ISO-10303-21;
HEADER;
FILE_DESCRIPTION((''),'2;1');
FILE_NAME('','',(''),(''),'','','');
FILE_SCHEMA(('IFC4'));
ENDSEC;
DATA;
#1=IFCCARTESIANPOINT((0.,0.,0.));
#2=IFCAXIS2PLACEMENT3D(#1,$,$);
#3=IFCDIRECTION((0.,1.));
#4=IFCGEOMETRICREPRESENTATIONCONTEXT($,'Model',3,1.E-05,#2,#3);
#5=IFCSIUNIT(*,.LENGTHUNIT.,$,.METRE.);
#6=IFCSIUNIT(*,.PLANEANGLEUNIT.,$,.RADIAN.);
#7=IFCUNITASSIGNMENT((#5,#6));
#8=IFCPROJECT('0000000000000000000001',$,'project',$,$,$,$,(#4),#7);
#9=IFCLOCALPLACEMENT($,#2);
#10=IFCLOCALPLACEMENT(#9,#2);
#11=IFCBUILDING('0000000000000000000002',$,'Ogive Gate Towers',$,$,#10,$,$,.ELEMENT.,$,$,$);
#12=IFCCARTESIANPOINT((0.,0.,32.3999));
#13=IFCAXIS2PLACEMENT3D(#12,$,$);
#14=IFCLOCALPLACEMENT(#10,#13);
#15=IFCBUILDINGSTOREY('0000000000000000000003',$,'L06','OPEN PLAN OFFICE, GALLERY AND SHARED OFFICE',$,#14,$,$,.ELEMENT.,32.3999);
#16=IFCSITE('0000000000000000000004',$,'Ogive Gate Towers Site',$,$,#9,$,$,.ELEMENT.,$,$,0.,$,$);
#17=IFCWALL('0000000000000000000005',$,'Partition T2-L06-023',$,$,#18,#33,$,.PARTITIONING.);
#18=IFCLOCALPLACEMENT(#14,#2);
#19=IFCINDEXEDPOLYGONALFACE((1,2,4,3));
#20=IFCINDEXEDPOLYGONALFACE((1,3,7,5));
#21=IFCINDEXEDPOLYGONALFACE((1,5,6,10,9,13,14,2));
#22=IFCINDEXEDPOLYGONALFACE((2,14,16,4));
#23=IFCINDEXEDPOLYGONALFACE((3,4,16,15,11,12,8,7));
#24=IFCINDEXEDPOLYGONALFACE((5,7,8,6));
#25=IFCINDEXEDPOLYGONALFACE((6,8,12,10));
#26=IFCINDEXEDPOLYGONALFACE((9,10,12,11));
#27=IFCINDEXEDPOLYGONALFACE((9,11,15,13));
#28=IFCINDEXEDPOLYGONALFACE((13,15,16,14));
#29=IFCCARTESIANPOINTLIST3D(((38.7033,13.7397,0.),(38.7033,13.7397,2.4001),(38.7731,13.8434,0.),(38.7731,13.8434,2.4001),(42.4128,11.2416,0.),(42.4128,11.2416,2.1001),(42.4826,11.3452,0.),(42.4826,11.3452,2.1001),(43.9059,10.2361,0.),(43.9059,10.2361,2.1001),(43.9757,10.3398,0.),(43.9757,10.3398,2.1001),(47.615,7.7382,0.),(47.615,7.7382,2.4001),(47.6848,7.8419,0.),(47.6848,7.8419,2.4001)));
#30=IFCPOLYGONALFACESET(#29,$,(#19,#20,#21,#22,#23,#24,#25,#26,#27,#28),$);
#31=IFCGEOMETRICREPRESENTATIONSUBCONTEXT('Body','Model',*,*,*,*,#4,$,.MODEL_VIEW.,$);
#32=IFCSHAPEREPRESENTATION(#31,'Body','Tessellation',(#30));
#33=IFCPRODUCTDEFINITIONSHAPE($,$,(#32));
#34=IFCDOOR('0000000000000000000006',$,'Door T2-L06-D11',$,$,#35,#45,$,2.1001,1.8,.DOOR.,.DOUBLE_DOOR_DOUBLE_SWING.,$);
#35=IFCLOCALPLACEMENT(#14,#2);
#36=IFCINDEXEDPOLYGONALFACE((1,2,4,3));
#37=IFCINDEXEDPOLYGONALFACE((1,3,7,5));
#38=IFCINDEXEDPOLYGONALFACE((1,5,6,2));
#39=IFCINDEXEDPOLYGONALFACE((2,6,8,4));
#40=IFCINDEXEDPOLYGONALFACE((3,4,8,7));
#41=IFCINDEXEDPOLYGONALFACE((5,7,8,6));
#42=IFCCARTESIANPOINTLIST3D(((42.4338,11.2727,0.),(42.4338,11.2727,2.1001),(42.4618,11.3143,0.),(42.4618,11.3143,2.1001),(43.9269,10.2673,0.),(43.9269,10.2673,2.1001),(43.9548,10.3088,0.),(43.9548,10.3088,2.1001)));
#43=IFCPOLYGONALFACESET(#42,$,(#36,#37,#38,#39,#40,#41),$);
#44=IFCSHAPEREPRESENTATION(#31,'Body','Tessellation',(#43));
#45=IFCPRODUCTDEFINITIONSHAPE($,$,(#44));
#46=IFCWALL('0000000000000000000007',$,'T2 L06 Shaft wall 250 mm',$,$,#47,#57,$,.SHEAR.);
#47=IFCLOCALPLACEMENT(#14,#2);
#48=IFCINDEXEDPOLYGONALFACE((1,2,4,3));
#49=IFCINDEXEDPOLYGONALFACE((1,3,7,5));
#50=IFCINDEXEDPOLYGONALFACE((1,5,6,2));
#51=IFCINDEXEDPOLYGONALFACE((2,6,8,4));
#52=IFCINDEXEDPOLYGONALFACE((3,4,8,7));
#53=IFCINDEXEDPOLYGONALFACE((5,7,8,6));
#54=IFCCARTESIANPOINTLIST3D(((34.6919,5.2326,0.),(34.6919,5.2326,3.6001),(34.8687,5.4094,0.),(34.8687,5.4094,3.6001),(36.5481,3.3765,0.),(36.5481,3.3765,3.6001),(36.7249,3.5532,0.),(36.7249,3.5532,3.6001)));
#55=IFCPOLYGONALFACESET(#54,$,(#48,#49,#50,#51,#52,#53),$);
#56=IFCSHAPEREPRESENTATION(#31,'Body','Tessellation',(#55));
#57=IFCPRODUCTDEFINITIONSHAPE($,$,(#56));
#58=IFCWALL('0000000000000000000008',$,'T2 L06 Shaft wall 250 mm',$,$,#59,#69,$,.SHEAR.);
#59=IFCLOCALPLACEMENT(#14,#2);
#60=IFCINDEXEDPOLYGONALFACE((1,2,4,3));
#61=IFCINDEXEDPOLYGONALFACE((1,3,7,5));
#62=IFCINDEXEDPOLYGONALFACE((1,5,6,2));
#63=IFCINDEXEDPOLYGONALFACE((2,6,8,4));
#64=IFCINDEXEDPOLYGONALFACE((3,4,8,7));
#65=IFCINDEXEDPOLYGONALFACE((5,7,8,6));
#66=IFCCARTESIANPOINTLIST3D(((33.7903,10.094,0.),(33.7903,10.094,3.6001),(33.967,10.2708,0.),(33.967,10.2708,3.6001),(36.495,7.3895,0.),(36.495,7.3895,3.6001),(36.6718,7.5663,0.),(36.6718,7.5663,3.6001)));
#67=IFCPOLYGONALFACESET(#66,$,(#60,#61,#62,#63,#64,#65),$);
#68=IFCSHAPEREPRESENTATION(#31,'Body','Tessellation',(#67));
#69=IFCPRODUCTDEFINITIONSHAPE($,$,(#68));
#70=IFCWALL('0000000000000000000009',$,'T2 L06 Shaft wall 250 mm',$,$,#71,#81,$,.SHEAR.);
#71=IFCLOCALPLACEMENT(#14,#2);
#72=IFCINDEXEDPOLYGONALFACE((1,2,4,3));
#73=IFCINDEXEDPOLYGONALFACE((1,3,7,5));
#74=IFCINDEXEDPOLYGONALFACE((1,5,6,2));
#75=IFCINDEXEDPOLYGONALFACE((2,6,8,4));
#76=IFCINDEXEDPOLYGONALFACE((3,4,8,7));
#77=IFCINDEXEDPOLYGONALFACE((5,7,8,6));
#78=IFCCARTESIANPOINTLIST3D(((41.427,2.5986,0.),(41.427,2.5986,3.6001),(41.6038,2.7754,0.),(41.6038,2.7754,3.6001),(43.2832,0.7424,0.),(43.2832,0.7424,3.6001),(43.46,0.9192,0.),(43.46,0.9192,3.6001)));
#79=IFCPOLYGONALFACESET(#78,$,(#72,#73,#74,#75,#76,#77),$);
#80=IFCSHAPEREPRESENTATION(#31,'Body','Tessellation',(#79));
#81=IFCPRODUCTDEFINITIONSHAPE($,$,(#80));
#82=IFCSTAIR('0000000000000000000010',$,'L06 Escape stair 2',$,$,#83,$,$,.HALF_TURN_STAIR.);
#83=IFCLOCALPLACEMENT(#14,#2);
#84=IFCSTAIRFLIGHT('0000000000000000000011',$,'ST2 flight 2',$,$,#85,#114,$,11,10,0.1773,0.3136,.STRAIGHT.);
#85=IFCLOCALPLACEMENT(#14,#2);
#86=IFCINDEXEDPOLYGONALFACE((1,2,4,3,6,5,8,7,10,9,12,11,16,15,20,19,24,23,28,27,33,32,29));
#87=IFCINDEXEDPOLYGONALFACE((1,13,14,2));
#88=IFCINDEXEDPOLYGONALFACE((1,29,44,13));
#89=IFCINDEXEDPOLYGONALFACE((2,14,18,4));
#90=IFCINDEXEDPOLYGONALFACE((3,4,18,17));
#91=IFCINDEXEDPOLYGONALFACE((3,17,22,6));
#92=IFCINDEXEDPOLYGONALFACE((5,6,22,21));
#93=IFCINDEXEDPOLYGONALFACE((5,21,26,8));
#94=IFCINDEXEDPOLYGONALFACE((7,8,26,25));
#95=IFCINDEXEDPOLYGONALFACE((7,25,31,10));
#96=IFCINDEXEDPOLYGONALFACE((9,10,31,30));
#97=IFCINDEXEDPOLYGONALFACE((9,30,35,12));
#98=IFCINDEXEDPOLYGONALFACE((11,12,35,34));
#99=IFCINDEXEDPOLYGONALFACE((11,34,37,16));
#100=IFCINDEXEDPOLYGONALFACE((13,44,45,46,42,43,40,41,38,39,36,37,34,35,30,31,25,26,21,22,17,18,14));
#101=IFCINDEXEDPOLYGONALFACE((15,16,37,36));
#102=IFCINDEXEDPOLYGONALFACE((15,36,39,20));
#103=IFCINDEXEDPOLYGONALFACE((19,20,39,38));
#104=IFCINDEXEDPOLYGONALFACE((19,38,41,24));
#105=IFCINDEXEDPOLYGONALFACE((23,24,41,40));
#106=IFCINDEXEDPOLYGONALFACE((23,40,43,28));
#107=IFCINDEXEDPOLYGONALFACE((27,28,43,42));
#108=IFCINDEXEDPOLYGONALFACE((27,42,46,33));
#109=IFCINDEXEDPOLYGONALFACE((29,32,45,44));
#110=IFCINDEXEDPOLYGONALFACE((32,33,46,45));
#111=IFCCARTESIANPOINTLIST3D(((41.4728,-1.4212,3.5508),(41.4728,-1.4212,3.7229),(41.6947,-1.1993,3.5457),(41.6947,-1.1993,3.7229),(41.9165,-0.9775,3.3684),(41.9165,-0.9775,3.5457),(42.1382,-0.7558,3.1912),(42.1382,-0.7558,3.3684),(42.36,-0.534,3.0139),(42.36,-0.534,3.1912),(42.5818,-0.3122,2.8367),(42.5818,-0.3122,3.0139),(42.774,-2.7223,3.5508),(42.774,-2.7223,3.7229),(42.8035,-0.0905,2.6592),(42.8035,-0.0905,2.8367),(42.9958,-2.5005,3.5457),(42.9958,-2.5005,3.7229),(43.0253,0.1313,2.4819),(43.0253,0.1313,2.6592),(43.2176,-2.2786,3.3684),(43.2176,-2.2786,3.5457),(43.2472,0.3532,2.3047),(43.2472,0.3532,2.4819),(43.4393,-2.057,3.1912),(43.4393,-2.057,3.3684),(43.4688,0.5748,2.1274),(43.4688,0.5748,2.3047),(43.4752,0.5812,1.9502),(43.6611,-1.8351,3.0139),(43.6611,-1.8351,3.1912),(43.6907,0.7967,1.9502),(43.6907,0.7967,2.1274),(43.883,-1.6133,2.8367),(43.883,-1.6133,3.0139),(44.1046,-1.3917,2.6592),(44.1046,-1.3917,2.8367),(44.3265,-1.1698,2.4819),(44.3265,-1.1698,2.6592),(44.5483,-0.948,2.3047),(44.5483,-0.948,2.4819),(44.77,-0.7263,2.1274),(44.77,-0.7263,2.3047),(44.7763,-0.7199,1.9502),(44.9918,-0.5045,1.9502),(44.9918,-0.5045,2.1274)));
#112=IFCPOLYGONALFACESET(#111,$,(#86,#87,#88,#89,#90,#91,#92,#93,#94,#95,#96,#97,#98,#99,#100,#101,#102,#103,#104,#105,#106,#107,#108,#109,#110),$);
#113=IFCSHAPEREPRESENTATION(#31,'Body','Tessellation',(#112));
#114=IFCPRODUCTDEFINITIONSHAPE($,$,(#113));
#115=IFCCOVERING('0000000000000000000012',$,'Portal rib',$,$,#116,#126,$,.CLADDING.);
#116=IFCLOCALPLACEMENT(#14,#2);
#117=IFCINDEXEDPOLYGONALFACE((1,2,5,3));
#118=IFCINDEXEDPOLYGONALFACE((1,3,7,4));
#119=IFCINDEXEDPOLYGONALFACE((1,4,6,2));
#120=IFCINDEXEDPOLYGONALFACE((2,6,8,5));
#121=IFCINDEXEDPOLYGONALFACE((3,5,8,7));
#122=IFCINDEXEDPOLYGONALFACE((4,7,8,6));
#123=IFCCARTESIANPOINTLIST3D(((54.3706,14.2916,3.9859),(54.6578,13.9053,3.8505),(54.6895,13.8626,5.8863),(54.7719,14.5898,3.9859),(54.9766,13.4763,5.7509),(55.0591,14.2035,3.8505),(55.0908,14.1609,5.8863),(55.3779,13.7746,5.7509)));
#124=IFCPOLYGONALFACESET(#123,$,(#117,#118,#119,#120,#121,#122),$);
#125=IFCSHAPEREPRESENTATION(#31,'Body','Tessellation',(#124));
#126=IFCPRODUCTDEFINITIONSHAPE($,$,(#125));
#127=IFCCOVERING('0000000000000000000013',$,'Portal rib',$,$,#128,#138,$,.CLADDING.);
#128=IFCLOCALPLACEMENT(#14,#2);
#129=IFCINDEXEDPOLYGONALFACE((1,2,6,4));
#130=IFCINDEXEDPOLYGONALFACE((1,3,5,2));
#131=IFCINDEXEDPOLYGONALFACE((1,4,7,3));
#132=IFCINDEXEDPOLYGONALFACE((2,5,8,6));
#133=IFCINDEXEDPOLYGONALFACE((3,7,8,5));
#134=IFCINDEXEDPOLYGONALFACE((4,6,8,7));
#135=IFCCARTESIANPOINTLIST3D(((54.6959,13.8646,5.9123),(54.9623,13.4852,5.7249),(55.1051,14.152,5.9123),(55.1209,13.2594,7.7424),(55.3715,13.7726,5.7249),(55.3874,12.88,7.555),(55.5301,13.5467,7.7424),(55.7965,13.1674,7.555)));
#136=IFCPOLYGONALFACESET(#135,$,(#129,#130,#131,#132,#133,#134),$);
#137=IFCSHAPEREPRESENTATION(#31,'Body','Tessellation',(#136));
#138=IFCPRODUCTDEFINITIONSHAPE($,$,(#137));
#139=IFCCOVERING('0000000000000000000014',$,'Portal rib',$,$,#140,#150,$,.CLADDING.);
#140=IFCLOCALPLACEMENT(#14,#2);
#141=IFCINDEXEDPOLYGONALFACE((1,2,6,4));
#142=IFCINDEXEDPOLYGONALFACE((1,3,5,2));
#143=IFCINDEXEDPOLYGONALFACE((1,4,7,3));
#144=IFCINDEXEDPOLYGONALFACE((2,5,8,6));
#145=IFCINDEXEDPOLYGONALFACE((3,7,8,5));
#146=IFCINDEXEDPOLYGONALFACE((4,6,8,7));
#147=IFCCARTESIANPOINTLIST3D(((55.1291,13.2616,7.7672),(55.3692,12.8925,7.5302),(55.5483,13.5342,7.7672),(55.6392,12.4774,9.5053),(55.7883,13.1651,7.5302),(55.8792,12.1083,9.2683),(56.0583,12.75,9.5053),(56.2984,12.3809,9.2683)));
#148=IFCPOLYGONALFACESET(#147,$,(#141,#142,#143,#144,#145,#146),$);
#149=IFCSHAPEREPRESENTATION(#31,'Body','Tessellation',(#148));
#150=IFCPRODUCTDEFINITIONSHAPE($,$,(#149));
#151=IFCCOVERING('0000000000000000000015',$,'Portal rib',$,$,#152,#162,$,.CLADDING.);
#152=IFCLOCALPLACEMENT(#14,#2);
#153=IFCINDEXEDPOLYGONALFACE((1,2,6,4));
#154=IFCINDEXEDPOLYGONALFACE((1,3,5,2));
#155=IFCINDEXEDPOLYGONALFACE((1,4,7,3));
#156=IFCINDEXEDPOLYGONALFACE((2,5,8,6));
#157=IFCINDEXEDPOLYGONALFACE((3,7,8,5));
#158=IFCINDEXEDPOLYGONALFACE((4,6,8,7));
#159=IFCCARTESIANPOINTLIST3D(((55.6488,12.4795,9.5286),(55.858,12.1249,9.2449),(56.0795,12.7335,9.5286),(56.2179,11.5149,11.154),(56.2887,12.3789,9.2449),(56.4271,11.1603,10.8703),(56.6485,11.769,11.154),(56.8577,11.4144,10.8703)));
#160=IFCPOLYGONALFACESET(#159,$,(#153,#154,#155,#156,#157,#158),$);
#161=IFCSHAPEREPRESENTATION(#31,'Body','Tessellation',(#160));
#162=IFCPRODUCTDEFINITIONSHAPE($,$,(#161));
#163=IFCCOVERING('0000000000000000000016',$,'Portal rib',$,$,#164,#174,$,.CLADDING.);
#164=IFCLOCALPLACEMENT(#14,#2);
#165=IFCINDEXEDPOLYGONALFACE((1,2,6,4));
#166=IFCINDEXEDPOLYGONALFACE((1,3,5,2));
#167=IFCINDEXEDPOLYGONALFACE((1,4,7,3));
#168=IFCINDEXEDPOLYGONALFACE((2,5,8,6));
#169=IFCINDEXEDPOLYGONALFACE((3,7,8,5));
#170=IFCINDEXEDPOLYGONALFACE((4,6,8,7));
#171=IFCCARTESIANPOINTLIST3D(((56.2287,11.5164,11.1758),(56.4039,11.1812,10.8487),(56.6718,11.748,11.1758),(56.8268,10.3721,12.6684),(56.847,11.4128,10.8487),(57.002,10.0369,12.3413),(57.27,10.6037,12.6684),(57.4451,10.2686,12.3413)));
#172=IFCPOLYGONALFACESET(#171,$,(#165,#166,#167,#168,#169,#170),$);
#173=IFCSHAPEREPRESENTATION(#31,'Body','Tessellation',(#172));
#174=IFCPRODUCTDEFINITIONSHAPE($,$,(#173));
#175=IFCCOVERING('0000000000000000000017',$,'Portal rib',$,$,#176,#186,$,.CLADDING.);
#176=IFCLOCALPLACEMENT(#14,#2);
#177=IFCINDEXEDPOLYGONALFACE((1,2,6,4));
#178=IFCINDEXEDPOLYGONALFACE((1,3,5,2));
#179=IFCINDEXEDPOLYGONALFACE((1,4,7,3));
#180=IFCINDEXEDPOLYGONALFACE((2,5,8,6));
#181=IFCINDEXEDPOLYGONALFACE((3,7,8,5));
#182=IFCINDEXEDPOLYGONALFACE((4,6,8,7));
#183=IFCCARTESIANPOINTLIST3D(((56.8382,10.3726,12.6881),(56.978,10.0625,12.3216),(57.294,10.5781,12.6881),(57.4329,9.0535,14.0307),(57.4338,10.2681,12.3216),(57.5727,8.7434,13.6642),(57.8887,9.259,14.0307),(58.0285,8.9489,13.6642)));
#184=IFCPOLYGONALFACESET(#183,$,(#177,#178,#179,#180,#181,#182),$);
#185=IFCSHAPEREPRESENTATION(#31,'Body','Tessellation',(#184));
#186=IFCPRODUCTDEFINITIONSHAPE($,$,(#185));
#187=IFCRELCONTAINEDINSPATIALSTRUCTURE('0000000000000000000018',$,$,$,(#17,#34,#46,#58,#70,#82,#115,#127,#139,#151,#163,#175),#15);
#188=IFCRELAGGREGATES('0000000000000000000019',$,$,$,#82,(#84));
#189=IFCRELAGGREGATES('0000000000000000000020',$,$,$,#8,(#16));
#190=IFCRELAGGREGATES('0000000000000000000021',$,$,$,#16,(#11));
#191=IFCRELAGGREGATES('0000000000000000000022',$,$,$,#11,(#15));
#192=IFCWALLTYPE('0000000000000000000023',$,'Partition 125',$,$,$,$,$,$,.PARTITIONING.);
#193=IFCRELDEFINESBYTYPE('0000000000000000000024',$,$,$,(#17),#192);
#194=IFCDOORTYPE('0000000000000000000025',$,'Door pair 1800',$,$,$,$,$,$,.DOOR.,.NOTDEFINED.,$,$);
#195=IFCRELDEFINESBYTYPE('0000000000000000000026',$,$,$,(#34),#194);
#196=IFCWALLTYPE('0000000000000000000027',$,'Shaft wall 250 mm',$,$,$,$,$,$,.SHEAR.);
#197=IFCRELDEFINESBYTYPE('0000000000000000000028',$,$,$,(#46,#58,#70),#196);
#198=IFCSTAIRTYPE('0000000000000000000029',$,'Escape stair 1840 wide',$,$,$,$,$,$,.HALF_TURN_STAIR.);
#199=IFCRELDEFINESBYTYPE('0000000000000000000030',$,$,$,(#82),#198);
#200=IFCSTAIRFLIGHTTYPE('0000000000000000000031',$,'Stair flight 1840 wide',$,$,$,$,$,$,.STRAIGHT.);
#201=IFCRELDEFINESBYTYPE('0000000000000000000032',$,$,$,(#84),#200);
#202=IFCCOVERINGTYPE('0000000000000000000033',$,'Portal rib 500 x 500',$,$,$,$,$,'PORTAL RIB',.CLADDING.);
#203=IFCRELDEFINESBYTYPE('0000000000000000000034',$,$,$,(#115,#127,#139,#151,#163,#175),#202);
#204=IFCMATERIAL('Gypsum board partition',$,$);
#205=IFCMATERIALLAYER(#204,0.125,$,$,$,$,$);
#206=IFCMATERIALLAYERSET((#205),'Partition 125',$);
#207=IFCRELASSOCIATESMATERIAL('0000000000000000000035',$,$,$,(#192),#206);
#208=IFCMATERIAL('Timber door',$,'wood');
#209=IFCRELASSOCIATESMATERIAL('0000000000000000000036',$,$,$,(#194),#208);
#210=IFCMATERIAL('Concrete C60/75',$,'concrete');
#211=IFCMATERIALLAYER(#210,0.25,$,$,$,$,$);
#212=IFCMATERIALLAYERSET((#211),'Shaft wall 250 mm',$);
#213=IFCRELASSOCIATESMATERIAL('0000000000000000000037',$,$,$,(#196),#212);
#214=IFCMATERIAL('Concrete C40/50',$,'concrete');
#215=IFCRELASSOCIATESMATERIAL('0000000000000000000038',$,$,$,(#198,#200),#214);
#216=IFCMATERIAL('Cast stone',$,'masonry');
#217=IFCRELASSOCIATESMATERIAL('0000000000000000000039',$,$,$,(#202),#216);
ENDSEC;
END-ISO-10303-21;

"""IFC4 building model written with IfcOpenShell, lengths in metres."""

from ifc_helpers import new_model, si_unit, direction, frame, frame_2d, origin, origin_2d, place, context, subcontext, project, spatial, polyline, rectangle, outline, extrude, material, layer, layer_set, material_profile, profile_set, type_object, element, fill, aggregate, save


model = new_model("IFC4")

# Units and contexts
model_context = context("Model", 3, precision=1e-05, world=origin(), true_north=direction((0.0, 1.0)))
body_context = subcontext(model_context, "Body", "Model", "MODEL_VIEW")
ifc_project = project(units=[si_unit("LENGTHUNIT", "METRE"), si_unit("PLANEANGLEUNIT", "RADIAN")], contexts=[model_context])

# Site, building, storey
site_placement = place(None, origin())
site = spatial("IfcSite", under=ifc_project, at=site_placement, Name="Ogive Gate Towers Site", CompositionType="ELEMENT", RefElevation=0.0)
building_placement = place(site_placement, origin())
building = spatial("IfcBuilding", under=site, at=building_placement, Name="Ogive Gate Towers", CompositionType="ELEMENT")
storey_placement = place(building_placement, frame((0.0, 0.0, 32.3999)))
storey = spatial("IfcBuildingStorey", under=building, at=storey_placement, Name="L06", Description="OPEN PLAN OFFICE, GALLERY AND SHARED OFFICE", CompositionType="ELEMENT", Elevation=32.3999)

# Shared definitions
ifc_material_1 = material(Name="Concrete C60/75", Category="concrete")

# Shared definitions
ifc_material_2 = material(Name="Gypsum board partition")
ifc_layer_1 = layer(ifc_material_2, 0.125)
ifc_layer_set_1 = layer_set([ifc_layer_1], Name="Partition 125")
wall_type_1 = type_object("IfcWallType", Name="Partition 125", PredefinedType="PARTITIONING", material=ifc_layer_set_1)

# Wall, opening, door
ifc_material_3 = material(Name="Timber door", Category="wood")
door_type_1 = type_object("IfcDoorType", Name="Door pair 1800", OperationType="NOTDEFINED", PredefinedType="DOOR", material=ifc_material_3)
wall_1_placement = place(storey_placement, frame((47.6499, 7.79, 0.0), z_axis=(0.0, 0.0, 1.0), x_axis=(-0.829447, 0.558585, 0.0)))
wall_1 = element("IfcWall", 1, at=wall_1_placement, inside=storey, type_object=wall_type_1, Name="Partition T2-L06-023", PredefinedType="PARTITIONING", context=body_context, shape_type="SweptSolid", body=[
    extrude(rectangle(XDim=10.7441, YDim=0.125, at=frame_2d((5.3721, 0.0))), origin(), (0.0, 0.0, 1.0), 2.4001),
])
opening_1_placement = place(wall_1_placement, frame((4.4719, 0.0, 0.0)))
opening_1 = element("IfcOpeningElement", 2, at=opening_1_placement, cuts=wall_1, PredefinedType="OPENING", context=body_context, shape_type="SweptSolid", body=[
    extrude(rectangle(XDim=1.8, YDim=2.1001, at=frame_2d((0.8999, 1.05))), frame((0.0, 0.0725, 0.0), z_axis=(0.0, -1.0, 0.0), x_axis=(1.0, 0.0, 0.0)), (0.0, 0.0, 1.0), 0.145),
])
door_1_placement = place(opening_1_placement, origin())
door_1 = element("IfcDoor", 3, at=door_1_placement, inside=storey, type_object=door_type_1, Name="Door T2-L06-D11", OperationType="DOUBLE_DOOR_DOUBLE_SWING", OverallHeight=2.1001, OverallWidth=1.8, PredefinedType="DOOR", context=body_context, shape_type="SweptSolid", body=[
    extrude(rectangle(XDim=1.8, YDim=2.1001, at=frame_2d((0.8999, 1.05))), frame((0.0, 0.0249, 0.0), z_axis=(0.0, -1.0, 0.0), x_axis=(1.0, 0.0, 0.0)), (0.0, 0.0, 1.0), 0.05),
])
fill(opening_1, door_1)

# Walls
ifc_layer_2 = layer(ifc_material_1, 0.25)
ifc_layer_set_2 = layer_set([ifc_layer_2], Name="Shaft wall 250 mm")
wall_type_2 = type_object("IfcWallType", Name="Shaft wall 250 mm", PredefinedType="SHEAR", material=ifc_layer_set_2)
wall_2_placement = place(storey_placement, frame((36.6365, 3.4648, 0.0), z_axis=(0.0, 0.0, 1.0), x_axis=(-0.707107, 0.707107, 0.0)))
element("IfcWall", 4, at=wall_2_placement, inside=storey, type_object=wall_type_2, Name="T2 L06 Shaft wall 250 mm", PredefinedType="SHEAR", context=body_context, shape_type="SweptSolid", body=[
    extrude(rectangle(XDim=2.625, YDim=0.25, at=frame_2d((1.3125, 0.0))), origin(), (0.0, 0.0, 1.0), 3.6001),
])
wall_3_placement = place(storey_placement, frame((36.5835, 7.4778, 0.0), z_axis=(0.0, 0.0, 1.0), x_axis=(-0.707139, 0.707075, 0.0)))
element("IfcWall", 5, at=wall_3_placement, inside=storey, type_object=wall_type_2, Name="T2 L06 Shaft wall 250 mm", PredefinedType="SHEAR", context=body_context, shape_type="SweptSolid", body=[
    extrude(rectangle(XDim=3.825, YDim=0.25, at=frame_2d((1.9126, 0.0))), origin(), (0.0, 0.0, 1.0), 3.6001),
])
wall_4_placement = place(storey_placement, frame((43.3716, 0.8308, 0.0), z_axis=(0.0, 0.0, 1.0), x_axis=(-0.707107, 0.707107, 0.0)))
element("IfcWall", 6, at=wall_4_placement, inside=storey, type_object=wall_type_2, Name="T2 L06 Shaft wall 250 mm", PredefinedType="SHEAR", context=body_context, shape_type="SweptSolid", body=[
    extrude(rectangle(XDim=2.625, YDim=0.25, at=frame_2d((1.3125, 0.0))), origin(), (0.0, 0.0, 1.0), 3.6001),
])

# Stair, stair flight
ifc_material_4 = material(Name="Concrete C40/50", Category="concrete")
stair_type = type_object("IfcStairType", Name="Escape stair 1840 wide", PredefinedType="HALF_TURN_STAIR", material=ifc_material_4)
stair_placement = place(storey_placement, origin())
stair = element("IfcStair", 7, at=stair_placement, inside=storey, type_object=stair_type, Name="L06 Escape stair 2", PredefinedType="HALF_TURN_STAIR")
stair_flight_type = type_object("IfcStairFlightType", Name="Stair flight 1840 wide", PredefinedType="STRAIGHT", material=ifc_material_4)
stair_flight_placement = place(storey_placement, frame((44.3413, 0.146, 1.9502), z_axis=(0.0, 0.0, 1.0), x_axis=(-0.707107, -0.707107, 0.0)))
stair_flight = element("IfcStairFlight", 8, at=stair_flight_placement, type_object=stair_flight_type, Name="ST2 flight 2", NumberOfRisers=11, NumberOfTreads=10, PredefinedType="STRAIGHT", RiserHeight=0.1773, TreadLength=0.3136, context=body_context, shape_type="SweptSolid", body=[
    extrude(outline(polyline([(0.0, 0.0), (0.0, 0.1772), (0.3137, 0.1772), (0.3137, 0.3545), (0.6272, 0.3545), (0.6272, 0.5317), (0.9409, 0.5317), (0.9409, 0.709), (1.2546, 0.709), (1.2546, 0.8865), (1.5681, 0.8865), (1.5681, 1.0637), (1.8818, 1.0637), (1.8818, 1.241), (2.1956, 1.241), (2.1956, 1.4182), (2.509, 1.4182), (2.509, 1.5955), (2.8228, 1.5955), (2.8228, 1.7727), (3.1365, 1.7727), (3.1365, 1.95), (3.1365, 1.6006), (0.3047, 0.0), (0.0, 0.0)])), frame((0.0, 0.9199, 0.0), z_axis=(0.0, -1.0, 0.0), x_axis=(1.0, 0.0, 0.0)), (0.0, 0.0, 1.0), 1.8401),
])
aggregate(stair, [stair_flight])

# Coverings
ifc_material_5 = material(Name="Cast stone", Category="masonry")
ifc_material_profile_1 = material_profile(ifc_material_5, rectangle(XDim=0.5, YDim=0.5, at=origin_2d()), Name="500 x 500 cast stone")
ifc_profile_set_1 = profile_set([ifc_material_profile_1], Name="Cast stone")
covering_type = type_object("IfcCoveringType", Name="Portal rib 500 x 500", ElementType="PORTAL RIB", PredefinedType="CLADDING", material=ifc_profile_set_1)
covering_1_placement = place(storey_placement, frame((54.7148, 14.2476, 3.9182), z_axis=(0.161514, -0.217289, 0.962652), x_axis=(0.802569, 0.596559, 0.0)))
element("IfcCovering", 9, at=covering_1_placement, inside=storey, type_object=covering_type, Name="Portal rib", PredefinedType="CLADDING", context=body_context, shape_type="SweptSolid", body=[
    extrude(rectangle(XDim=0.5, YDim=0.5, at=origin_2d()), origin(), (0.0, 0.0, 1.0), 1.9741),
])
for number, where, z_axis, x_axis, name in (
    (10, (55.0337, 13.8186, 5.8186), (0.215338, -0.306619, 0.927154), (0.818347, 0.574725, 0.0), "Portal rib"),
    (11, (55.4587, 13.2134, 7.6487), (0.258392, -0.397298, 0.880561), (0.8383, 0.545208, 0.0), "Portal rib"),
    (12, (55.9688, 12.4292, 9.3867), (0.288299, -0.488661, 0.823464), (0.861278, 0.508134, 0.0), "Portal rib"),
):
    element("IfcCovering", number, at=place(storey_placement, frame(where, z_axis=z_axis, x_axis=x_axis)), inside=storey, type_object=covering_type, Name=name, PredefinedType="CLADDING", context=body_context, shape_type="SweptSolid", body=[
        extrude(rectangle(XDim=0.5, YDim=0.5, at=origin_2d()), origin(), (0.0, 0.0, 1.0), 1.9739),
    ])
covering_2_placement = place(storey_placement, frame((56.5378, 11.4646, 11.0122), z_axis=(0.303067, -0.579785, 0.756306), x_axis=(0.886227, 0.463251, 0.0)))
element("IfcCovering", 13, at=covering_2_placement, inside=storey, type_object=covering_type, Name="Portal rib", PredefinedType="CLADDING", context=body_context, shape_type="SweptSolid", body=[
    extrude(rectangle(XDim=0.5, YDim=0.5, at=origin_2d()), origin(), (0.0, 0.0, 1.0), 1.9736),
])
covering_3_placement = place(storey_placement, frame((57.136, 10.3203, 12.5049), z_axis=(0.301303, -0.668283, 0.680157), x_axis=(0.911628, 0.411017, 0.0)))
element("IfcCovering", 14, at=covering_3_placement, inside=storey, type_object=covering_type, Name="Portal rib", PredefinedType="CLADDING", context=body_context, shape_type="SweptSolid", body=[
    extrude(rectangle(XDim=0.5, YDim=0.5, at=origin_2d()), origin(), (0.0, 0.0, 1.0), 1.9739),
])

save(model, "model.ifc")
